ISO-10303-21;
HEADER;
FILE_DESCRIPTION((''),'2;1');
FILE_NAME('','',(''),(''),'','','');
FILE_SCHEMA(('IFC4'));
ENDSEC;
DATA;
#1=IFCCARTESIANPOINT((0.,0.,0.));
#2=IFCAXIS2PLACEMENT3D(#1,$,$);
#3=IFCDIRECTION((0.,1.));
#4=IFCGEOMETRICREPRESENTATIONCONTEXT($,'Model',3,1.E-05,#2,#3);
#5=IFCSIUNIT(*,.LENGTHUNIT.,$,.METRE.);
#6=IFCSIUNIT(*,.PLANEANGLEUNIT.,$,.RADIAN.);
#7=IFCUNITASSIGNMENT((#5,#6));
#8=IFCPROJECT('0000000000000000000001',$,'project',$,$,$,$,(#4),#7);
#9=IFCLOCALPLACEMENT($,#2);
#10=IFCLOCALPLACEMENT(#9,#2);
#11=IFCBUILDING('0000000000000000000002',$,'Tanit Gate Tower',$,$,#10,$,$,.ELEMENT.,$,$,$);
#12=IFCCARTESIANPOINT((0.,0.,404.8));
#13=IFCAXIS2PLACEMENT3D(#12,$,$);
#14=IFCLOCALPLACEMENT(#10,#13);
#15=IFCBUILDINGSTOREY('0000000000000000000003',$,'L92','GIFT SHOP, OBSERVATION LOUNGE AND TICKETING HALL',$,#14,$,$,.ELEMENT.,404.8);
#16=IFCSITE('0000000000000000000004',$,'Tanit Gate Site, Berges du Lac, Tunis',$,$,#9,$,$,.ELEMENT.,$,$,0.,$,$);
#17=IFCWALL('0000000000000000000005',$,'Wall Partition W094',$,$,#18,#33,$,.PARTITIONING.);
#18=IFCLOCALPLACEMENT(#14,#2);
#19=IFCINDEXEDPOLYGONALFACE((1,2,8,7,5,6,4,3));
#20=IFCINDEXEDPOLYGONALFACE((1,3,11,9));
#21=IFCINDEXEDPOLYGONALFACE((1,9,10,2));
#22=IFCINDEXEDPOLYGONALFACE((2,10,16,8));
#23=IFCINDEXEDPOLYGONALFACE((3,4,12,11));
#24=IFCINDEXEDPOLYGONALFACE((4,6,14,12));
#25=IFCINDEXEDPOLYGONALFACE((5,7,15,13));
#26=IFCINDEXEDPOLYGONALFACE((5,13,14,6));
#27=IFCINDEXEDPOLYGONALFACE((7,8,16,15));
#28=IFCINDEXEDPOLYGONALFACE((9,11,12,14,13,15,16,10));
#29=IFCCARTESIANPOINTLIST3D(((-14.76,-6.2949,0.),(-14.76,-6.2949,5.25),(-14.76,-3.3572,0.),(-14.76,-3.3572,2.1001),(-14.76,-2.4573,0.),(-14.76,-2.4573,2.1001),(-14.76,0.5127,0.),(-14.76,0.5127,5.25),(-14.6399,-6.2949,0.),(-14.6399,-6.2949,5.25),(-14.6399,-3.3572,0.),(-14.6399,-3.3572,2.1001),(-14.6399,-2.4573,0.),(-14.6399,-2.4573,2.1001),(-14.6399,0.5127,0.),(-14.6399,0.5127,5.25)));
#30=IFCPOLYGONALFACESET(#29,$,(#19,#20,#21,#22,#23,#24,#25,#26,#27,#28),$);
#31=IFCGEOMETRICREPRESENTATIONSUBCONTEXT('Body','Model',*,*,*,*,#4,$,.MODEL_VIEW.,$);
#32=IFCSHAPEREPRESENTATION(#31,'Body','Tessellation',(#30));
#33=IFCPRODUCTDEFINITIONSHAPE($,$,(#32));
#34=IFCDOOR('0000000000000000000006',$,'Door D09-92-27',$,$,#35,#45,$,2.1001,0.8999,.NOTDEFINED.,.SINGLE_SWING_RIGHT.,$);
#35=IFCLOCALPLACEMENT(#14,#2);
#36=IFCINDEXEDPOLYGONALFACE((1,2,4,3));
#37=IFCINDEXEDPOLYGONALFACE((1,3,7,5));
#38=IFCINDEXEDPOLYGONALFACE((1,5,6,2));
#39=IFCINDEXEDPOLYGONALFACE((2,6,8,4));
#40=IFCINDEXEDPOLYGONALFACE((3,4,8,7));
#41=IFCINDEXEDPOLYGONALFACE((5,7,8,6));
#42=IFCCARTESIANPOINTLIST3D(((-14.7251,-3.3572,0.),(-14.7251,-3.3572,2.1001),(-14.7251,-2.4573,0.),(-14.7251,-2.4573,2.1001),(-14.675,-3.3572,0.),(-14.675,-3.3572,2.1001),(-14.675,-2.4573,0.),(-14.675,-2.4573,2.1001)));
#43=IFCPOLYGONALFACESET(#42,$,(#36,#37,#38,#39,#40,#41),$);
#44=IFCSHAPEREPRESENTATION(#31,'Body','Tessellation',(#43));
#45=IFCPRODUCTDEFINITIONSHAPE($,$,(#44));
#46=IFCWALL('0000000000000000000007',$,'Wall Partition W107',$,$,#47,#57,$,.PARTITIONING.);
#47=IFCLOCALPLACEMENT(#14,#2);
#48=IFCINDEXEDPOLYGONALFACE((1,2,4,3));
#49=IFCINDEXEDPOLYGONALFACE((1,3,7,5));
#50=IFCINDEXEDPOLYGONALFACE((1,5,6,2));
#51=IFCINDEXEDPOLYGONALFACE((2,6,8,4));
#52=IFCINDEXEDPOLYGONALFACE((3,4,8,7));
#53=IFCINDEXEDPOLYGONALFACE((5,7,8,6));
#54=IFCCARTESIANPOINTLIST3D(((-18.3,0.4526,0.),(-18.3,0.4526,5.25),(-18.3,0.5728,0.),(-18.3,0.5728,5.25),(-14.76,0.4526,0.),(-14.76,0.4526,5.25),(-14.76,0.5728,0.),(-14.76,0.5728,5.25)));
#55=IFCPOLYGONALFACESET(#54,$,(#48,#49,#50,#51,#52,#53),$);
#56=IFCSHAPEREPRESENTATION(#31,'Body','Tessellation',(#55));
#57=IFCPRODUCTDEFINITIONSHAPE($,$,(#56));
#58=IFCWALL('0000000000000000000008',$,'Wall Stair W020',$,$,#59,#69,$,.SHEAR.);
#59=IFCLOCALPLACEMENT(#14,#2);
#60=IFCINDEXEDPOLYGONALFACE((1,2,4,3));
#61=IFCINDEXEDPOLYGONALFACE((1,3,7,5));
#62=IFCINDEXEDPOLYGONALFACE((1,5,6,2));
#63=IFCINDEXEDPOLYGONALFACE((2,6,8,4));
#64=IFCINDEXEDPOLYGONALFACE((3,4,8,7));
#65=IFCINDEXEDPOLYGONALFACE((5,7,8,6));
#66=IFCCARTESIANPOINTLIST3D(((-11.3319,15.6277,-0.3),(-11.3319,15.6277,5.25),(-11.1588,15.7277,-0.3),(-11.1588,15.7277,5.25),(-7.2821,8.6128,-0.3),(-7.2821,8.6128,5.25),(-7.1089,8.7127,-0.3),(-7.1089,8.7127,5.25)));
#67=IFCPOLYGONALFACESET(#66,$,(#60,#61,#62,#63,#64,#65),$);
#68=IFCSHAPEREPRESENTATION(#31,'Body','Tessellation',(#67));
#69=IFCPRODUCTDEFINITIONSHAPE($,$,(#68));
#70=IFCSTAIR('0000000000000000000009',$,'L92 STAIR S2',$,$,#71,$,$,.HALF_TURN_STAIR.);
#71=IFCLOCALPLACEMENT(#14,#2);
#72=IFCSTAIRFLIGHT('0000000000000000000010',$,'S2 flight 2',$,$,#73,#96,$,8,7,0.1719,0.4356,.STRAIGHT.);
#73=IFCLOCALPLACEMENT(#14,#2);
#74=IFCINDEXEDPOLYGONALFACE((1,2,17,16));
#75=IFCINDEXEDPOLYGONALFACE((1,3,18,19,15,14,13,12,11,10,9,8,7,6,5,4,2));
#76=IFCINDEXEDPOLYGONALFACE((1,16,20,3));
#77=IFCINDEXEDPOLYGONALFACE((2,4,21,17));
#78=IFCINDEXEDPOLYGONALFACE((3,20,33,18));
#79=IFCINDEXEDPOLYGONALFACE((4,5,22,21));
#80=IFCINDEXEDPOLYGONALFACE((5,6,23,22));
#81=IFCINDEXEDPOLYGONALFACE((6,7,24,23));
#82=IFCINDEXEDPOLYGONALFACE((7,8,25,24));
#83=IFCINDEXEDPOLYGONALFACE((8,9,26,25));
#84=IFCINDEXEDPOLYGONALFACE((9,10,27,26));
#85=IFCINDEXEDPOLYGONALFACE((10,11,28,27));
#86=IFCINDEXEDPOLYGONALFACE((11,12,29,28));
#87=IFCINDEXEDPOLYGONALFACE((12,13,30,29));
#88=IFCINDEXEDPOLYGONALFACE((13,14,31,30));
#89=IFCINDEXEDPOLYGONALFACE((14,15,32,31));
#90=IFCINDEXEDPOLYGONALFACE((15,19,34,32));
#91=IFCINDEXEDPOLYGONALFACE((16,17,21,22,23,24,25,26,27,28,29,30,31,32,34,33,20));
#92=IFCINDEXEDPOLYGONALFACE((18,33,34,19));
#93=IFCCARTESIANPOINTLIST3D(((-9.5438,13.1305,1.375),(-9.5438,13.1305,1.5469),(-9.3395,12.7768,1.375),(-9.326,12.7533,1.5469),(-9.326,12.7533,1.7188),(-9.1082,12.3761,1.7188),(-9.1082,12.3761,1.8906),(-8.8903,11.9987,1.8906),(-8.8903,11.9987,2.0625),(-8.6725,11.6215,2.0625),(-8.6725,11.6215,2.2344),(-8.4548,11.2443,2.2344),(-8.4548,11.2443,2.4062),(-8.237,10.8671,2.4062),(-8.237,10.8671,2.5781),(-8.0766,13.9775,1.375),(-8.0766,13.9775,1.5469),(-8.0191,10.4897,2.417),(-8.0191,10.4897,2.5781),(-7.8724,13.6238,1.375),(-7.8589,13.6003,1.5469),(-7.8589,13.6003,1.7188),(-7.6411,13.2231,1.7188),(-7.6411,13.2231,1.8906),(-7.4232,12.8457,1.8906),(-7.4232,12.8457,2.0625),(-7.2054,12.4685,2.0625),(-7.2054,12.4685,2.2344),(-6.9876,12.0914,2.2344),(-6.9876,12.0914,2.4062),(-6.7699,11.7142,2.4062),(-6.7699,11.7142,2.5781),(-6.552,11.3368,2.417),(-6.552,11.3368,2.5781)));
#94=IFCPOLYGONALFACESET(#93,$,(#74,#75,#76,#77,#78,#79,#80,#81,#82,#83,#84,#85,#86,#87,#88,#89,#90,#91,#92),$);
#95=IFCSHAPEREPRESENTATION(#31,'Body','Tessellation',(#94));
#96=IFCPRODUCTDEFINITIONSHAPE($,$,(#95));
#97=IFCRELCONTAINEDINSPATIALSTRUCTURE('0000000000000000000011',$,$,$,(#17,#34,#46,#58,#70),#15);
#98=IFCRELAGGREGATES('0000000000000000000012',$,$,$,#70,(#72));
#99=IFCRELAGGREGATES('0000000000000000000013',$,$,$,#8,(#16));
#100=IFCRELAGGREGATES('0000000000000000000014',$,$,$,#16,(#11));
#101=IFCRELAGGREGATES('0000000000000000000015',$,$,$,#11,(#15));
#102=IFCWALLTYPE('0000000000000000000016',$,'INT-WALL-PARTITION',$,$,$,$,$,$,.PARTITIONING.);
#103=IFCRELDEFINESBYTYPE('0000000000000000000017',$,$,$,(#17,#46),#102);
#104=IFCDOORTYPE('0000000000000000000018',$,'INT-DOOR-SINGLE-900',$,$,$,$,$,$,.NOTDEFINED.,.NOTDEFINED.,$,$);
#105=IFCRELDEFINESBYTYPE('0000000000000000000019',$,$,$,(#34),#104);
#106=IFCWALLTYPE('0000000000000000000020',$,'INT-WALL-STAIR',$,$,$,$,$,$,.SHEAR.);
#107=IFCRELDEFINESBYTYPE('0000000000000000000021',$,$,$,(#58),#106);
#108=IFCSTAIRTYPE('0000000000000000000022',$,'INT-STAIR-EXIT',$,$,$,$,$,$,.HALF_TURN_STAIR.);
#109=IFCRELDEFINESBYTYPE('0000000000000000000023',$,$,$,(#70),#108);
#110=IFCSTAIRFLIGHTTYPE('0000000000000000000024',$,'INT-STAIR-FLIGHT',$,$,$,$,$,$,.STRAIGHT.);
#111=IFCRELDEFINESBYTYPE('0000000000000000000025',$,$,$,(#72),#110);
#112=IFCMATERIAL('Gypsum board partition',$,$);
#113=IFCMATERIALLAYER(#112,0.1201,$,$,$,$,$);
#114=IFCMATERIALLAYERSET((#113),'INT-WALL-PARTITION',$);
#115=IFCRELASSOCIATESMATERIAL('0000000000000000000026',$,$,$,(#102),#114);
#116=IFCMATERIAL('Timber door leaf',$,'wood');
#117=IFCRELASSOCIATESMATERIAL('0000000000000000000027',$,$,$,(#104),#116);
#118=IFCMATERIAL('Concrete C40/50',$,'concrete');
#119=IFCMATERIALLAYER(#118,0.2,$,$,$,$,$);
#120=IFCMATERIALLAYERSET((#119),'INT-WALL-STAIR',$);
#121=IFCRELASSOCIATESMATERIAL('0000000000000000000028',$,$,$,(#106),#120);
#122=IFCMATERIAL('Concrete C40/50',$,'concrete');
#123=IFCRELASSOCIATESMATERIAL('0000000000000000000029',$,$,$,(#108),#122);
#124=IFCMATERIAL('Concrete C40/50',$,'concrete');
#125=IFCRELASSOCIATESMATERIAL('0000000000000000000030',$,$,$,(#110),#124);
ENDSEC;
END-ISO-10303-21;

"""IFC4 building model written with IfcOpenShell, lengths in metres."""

from ifc_helpers import new_model, si_unit, direction, frame, frame_2d, origin, place, context, subcontext, project, spatial, polyline, rectangle, outline, extrude, material, layer, layer_set, type_object, element, fill, aggregate, save


model = new_model("IFC4")

# Units and contexts
model_context = context("Model", 3, precision=1e-05, world=origin(), true_north=direction((0.0, 1.0)))
body_context = subcontext(model_context, "Body", "Model", "MODEL_VIEW")
ifc_project = project(units=[si_unit("LENGTHUNIT", "METRE"), si_unit("PLANEANGLEUNIT", "RADIAN")], contexts=[model_context])

# Site, building, storey
site_placement = place(None, origin())
site = spatial("IfcSite", under=ifc_project, at=site_placement, Name="Tanit Gate Site, Berges du Lac, Tunis", CompositionType="ELEMENT", RefElevation=0.0)
building_placement = place(site_placement, origin())
building = spatial("IfcBuilding", under=site, at=building_placement, Name="Tanit Gate Tower", CompositionType="ELEMENT")
storey_placement = place(building_placement, frame((0.0, 0.0, 404.8)))
storey = spatial("IfcBuildingStorey", under=building, at=storey_placement, Name="L92", Description="GIFT SHOP, OBSERVATION LOUNGE AND TICKETING HALL", CompositionType="ELEMENT", Elevation=404.8)

# Wall, opening, door
ifc_material_1 = material(Name="Gypsum board partition")
ifc_layer_1 = layer(ifc_material_1, 0.1201)
ifc_layer_set_1 = layer_set([ifc_layer_1], Name="INT-WALL-PARTITION")
wall_type_1 = type_object("IfcWallType", Name="INT-WALL-PARTITION", PredefinedType="PARTITIONING", material=ifc_layer_set_1)
ifc_material_2 = material(Name="Timber door leaf", Category="wood")
door_type_1 = type_object("IfcDoorType", Name="INT-DOOR-SINGLE-900", OperationType="NOTDEFINED", PredefinedType="NOTDEFINED", material=ifc_material_2)
wall_1_placement = place(storey_placement, frame((-14.7, 0.5127, 0.0), z_axis=(0.0, 0.0, 1.0), x_axis=(0.0, -1.0, 0.0)))
wall_1 = element("IfcWall", 1, at=wall_1_placement, inside=storey, type_object=wall_type_1, Name="Wall Partition W094", PredefinedType="PARTITIONING", context=body_context, shape_type="SweptSolid", body=[
    extrude(rectangle(XDim=6.8076, YDim=0.1201, at=frame_2d((3.4038, 0.0))), origin(), (0.0, 0.0, 1.0), 5.25),
])
opening_1_placement = place(wall_1_placement, frame((2.97, 0.0, 0.0)))
opening_1 = element("IfcOpeningElement", 2, at=opening_1_placement, cuts=wall_1, PredefinedType="OPENING", context=body_context, shape_type="SweptSolid", body=[
    extrude(rectangle(XDim=0.8999, YDim=2.1001, at=frame_2d((0.45, 1.05))), frame((0.0, 0.0701, 0.0), z_axis=(0.0, -1.0, 0.0), x_axis=(1.0, 0.0, 0.0)), (0.0, 0.0, 1.0), 0.1401),
])
door_1_placement = place(opening_1_placement, origin())
door_1 = element("IfcDoor", 3, at=door_1_placement, inside=storey, type_object=door_type_1, Name="Door D09-92-27", OperationType="SINGLE_SWING_RIGHT", OverallHeight=2.1001, OverallWidth=0.8999, PredefinedType="NOTDEFINED", context=body_context, shape_type="SweptSolid", body=[
    extrude(rectangle(XDim=0.8999, YDim=2.1001, at=frame_2d((0.45, 1.05))), frame((0.0, 0.0249, 0.0), z_axis=(0.0, -1.0, 0.0), x_axis=(1.0, 0.0, 0.0)), (0.0, 0.0, 1.0), 0.05),
])
fill(opening_1, door_1)

# Walls
wall_2_placement = place(storey_placement, frame((-14.76, 0.5127, 0.0), z_axis=(0.0, 0.0, 1.0), x_axis=(-1.0, 0.0, 0.0)))
element("IfcWall", 4, at=wall_2_placement, inside=storey, type_object=wall_type_1, Name="Wall Partition W107", PredefinedType="PARTITIONING", context=body_context, shape_type="SweptSolid", body=[
    extrude(rectangle(XDim=3.54, YDim=0.1201, at=frame_2d((1.77, 0.0))), origin(), (0.0, 0.0, 1.0), 5.25),
])
ifc_material_3 = material(Name="Concrete C40/50", Category="concrete")
ifc_layer_2 = layer(ifc_material_3, 0.2)
ifc_layer_set_2 = layer_set([ifc_layer_2], Name="INT-WALL-STAIR")
wall_type_2 = type_object("IfcWallType", Name="INT-WALL-STAIR", PredefinedType="SHEAR", material=ifc_layer_set_2)
wall_3_placement = place(storey_placement, frame((-11.2454, 15.6777, -0.3), z_axis=(0.0, 0.0, 1.0), x_axis=(0.499977, -0.866039, 0.0)))
element("IfcWall", 5, at=wall_3_placement, inside=storey, type_object=wall_type_2, Name="Wall Stair W020", PredefinedType="SHEAR", context=body_context, shape_type="SweptSolid", body=[
    extrude(rectangle(XDim=8.1001, YDim=0.2, at=frame_2d((4.05, 0.0))), origin(), (0.0, 0.0, 1.0), 5.55),
])

# Stair, stair flight
ifc_material_4 = material(Name="Concrete C40/50", Category="concrete")
stair_type = type_object("IfcStairType", Name="INT-STAIR-EXIT", PredefinedType="HALF_TURN_STAIR", material=ifc_material_4)
stair_placement = place(storey_placement, origin())
stair = element("IfcStair", 6, at=stair_placement, inside=storey, type_object=stair_type, Name="L92 STAIR S2", PredefinedType="HALF_TURN_STAIR")
ifc_material_5 = material(Name="Concrete C40/50", Category="concrete")
stair_flight_type = type_object("IfcStairFlightType", Name="INT-STAIR-FLIGHT", PredefinedType="STRAIGHT", material=ifc_material_5)
stair_flight_placement = place(storey_placement, frame((-8.8103, 13.554, 1.375), z_axis=(0.0, 0.0, 1.0), x_axis=(0.5, -0.866025, 0.0)))
stair_flight = element("IfcStairFlight", 7, at=stair_flight_placement, type_object=stair_flight_type, Name="S2 flight 2", NumberOfRisers=8, NumberOfTreads=7, PredefinedType="STRAIGHT", RiserHeight=0.1719, TreadLength=0.4356, context=body_context, shape_type="SweptSolid", body=[
    extrude(outline(polyline([(0.0, 0.0), (0.0, 0.1719), (0.4355, 0.1719), (0.4355, 0.3438), (0.8711, 0.3438), (0.8711, 0.5156), (1.3069, 0.5156), (1.3069, 0.6875), (1.7424, 0.6875), (1.7424, 0.8594), (2.178, 0.8594), (2.178, 1.0312), (2.6135, 1.0312), (2.6135, 1.2031), (3.0493, 1.2031), (3.0493, 1.375), (3.0493, 1.042), (0.4084, 0.0), (0.0, 0.0)])), frame((0.0, 0.8472, 0.0), z_axis=(0.0, -1.0, 0.0), x_axis=(1.0, 0.0, 0.0)), (0.0, 0.0, 1.0), 1.6941),
])
aggregate(stair, [stair_flight])

save(model, "model.ifc")
